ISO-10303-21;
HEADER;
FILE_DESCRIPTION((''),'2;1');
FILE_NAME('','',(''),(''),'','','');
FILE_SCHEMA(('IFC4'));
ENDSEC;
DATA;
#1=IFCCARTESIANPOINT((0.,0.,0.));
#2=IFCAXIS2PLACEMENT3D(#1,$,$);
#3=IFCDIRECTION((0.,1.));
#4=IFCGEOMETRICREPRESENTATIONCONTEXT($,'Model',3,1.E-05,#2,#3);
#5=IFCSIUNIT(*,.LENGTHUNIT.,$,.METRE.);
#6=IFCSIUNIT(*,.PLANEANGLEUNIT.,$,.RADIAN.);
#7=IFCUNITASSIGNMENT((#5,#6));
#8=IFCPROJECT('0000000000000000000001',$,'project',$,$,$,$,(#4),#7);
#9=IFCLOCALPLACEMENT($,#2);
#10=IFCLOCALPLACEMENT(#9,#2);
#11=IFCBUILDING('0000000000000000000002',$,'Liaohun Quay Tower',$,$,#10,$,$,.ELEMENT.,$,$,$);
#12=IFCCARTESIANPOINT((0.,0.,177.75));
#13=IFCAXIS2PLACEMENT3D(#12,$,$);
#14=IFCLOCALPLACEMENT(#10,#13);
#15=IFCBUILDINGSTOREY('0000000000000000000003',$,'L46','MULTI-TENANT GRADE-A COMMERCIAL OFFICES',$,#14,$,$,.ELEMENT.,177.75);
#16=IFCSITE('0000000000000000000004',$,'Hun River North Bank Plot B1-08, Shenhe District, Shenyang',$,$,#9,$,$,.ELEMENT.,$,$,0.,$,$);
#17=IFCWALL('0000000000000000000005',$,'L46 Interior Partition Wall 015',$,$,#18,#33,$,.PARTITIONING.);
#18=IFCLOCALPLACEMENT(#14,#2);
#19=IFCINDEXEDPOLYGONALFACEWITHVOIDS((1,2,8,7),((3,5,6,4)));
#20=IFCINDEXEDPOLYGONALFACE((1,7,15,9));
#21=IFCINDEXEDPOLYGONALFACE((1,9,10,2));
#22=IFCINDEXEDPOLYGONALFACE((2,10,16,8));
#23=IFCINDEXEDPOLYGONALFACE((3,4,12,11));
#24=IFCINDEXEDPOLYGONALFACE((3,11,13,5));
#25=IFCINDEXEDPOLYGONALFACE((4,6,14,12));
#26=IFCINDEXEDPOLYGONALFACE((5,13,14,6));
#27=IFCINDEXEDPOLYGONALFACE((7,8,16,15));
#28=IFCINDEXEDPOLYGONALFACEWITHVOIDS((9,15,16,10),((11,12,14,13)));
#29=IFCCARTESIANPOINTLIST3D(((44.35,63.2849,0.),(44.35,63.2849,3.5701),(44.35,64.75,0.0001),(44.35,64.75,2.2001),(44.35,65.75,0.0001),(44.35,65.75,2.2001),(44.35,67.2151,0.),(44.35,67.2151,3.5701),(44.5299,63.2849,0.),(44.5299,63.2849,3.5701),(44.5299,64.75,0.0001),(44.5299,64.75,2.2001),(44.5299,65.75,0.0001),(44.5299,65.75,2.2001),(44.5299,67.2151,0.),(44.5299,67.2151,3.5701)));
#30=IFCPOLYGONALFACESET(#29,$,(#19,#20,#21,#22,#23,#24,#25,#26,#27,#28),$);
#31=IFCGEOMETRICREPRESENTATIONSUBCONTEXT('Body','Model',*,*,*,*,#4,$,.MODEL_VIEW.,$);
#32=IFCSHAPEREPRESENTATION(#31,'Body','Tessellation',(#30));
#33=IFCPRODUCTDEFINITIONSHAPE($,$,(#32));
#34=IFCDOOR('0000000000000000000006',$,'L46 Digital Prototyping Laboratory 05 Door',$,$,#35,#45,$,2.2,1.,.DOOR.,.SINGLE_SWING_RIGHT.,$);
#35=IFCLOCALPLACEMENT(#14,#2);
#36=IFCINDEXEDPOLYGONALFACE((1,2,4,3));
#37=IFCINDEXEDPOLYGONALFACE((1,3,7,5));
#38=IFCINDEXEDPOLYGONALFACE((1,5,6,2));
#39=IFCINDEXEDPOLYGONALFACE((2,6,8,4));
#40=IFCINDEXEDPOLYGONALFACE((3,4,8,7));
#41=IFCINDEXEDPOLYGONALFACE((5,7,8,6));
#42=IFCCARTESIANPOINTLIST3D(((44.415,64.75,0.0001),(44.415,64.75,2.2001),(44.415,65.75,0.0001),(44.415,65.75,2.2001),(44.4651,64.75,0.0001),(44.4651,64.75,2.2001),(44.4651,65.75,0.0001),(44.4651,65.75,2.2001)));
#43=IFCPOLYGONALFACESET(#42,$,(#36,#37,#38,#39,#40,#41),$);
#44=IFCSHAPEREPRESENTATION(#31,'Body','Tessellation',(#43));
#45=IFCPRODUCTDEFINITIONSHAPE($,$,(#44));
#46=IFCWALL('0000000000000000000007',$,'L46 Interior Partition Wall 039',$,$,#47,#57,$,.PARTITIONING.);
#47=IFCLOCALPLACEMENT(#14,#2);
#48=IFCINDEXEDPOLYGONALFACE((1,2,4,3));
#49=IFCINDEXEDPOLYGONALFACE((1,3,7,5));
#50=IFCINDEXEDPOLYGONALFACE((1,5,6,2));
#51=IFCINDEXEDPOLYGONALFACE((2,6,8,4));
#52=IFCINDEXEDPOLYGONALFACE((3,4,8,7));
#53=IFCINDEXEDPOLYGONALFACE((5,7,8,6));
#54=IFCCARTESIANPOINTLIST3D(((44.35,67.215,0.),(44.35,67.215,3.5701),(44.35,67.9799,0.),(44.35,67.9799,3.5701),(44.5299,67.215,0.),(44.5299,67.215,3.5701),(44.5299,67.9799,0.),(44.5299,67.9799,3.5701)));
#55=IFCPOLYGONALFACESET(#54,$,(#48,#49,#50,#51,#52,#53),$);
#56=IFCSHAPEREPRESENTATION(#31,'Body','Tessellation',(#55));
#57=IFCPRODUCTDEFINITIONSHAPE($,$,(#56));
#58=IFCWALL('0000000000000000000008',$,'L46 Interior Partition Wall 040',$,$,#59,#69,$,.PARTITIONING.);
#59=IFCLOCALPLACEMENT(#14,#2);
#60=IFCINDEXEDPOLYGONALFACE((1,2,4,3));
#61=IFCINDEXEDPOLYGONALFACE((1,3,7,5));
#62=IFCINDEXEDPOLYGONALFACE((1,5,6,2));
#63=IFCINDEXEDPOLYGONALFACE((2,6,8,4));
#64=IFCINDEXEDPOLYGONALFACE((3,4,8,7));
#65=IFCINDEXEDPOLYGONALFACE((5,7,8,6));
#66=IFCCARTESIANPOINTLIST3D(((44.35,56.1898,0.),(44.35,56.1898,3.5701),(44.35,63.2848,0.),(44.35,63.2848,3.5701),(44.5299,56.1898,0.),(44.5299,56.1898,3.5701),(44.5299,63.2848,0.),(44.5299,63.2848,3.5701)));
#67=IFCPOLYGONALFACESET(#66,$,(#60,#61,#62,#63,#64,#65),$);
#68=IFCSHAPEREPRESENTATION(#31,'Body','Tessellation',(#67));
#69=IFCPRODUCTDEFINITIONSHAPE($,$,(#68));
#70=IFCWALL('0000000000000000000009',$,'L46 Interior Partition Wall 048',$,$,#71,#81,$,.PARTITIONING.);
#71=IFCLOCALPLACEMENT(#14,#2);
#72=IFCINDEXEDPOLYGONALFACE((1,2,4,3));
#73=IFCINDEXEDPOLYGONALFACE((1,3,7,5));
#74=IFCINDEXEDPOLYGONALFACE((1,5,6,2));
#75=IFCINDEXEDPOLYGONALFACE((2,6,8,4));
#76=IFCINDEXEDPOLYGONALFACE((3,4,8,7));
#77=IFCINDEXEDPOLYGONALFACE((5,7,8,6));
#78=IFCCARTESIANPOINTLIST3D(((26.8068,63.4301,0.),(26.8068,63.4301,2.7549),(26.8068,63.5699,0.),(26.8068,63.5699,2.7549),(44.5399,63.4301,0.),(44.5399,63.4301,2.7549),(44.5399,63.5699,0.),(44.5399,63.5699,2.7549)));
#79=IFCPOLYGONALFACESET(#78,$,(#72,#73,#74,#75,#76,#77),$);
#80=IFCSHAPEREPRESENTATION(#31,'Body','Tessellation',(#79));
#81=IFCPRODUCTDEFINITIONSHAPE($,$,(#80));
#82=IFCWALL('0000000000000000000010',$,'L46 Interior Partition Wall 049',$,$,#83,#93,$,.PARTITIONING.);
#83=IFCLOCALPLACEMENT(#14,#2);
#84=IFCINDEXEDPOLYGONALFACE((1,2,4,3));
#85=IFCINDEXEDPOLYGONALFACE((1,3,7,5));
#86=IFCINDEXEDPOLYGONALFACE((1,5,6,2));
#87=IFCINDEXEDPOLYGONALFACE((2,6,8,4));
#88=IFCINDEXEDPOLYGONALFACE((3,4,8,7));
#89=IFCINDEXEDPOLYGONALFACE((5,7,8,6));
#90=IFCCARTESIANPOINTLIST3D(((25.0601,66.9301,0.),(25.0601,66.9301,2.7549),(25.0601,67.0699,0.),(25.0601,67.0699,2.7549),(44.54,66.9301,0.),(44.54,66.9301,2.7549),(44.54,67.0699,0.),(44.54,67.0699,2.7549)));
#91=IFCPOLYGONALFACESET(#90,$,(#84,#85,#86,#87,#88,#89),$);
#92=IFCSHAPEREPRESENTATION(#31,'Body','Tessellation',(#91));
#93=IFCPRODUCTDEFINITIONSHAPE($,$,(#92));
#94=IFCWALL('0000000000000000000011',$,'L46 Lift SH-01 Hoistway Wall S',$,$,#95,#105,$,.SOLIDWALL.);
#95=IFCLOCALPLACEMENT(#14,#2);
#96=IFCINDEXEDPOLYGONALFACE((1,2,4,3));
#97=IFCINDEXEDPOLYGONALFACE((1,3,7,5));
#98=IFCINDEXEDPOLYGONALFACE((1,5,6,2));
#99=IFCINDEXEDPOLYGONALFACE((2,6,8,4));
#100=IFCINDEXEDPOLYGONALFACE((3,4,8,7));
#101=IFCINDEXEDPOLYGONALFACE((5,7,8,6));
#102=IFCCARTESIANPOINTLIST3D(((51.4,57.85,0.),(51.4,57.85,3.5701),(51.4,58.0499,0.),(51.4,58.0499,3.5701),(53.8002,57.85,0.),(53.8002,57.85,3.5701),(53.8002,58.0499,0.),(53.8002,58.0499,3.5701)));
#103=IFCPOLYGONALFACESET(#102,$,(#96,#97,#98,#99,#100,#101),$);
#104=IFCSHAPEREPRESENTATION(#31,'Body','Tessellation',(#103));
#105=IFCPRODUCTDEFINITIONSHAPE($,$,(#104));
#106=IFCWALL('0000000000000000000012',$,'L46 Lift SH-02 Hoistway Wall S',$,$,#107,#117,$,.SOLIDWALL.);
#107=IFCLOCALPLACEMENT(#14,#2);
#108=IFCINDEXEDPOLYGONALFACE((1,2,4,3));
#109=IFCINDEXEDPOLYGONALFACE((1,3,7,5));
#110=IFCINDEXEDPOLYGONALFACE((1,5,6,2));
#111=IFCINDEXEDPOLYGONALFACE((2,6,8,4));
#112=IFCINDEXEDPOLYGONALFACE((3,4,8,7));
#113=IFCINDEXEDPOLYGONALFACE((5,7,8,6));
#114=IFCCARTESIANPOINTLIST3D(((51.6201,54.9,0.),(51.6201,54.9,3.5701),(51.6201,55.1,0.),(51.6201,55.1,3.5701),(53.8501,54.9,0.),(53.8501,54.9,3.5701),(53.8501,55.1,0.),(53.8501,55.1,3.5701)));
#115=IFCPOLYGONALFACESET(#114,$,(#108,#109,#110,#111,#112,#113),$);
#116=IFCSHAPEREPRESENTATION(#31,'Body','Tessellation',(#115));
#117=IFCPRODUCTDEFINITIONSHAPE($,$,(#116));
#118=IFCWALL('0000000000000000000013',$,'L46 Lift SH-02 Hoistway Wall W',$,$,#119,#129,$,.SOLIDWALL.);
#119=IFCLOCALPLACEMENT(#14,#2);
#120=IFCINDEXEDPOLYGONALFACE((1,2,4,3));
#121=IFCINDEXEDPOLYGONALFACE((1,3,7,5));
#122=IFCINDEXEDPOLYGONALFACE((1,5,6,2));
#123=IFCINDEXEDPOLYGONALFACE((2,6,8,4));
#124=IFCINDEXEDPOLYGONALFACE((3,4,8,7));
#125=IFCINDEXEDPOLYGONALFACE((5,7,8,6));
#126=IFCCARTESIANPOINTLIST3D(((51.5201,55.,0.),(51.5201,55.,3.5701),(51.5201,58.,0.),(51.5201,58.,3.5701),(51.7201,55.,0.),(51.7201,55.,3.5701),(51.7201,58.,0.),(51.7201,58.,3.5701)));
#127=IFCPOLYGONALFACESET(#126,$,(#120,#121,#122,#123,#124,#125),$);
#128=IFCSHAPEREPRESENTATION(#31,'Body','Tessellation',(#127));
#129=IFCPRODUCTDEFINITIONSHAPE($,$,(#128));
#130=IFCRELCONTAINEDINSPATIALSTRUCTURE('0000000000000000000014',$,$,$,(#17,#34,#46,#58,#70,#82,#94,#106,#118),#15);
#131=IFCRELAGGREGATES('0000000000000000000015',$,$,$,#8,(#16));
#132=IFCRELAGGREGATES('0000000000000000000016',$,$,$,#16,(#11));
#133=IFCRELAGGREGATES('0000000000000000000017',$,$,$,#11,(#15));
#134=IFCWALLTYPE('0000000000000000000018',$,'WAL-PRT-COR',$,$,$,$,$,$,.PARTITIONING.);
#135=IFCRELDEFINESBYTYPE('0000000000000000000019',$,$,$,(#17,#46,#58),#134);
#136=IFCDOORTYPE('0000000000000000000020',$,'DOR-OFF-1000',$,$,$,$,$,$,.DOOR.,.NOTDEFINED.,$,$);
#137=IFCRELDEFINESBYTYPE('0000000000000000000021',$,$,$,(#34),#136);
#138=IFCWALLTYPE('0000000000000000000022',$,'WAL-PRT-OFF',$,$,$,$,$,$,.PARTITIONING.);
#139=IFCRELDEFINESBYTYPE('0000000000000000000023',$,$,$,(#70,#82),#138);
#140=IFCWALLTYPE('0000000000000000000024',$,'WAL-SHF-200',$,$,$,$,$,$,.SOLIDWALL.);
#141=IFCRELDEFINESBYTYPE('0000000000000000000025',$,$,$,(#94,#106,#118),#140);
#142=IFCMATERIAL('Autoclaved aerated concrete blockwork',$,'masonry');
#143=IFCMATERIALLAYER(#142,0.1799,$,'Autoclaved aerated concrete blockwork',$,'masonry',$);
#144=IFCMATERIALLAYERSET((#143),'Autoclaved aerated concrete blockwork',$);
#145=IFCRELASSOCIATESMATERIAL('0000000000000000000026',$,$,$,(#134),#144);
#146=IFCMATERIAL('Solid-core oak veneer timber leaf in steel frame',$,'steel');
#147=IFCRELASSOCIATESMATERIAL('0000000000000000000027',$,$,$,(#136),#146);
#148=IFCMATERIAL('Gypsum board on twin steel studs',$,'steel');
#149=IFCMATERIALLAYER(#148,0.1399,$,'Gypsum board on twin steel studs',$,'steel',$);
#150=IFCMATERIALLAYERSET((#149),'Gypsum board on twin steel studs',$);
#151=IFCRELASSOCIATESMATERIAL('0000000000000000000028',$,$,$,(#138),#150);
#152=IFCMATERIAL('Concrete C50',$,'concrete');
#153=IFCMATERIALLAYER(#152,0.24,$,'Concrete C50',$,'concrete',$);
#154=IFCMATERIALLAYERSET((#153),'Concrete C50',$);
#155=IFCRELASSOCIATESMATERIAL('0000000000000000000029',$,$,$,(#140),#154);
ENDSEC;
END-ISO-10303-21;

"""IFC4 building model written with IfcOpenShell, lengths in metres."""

from ifc_helpers import new_model, si_unit, direction, frame, frame_2d, origin, place, context, subcontext, project, spatial, rectangle, extrude, source, transform, mapped, material, layer, layer_set, type_object, element, fill, save


model = new_model("IFC4")

# Units and contexts
model_context = context("Model", 3, precision=1e-05, world=origin(), true_north=direction((0.0, 1.0)))
body_context = subcontext(model_context, "Body", "Model", "MODEL_VIEW")
ifc_project = project(units=[si_unit("LENGTHUNIT", "METRE"), si_unit("PLANEANGLEUNIT", "RADIAN")], contexts=[model_context])

# Site, building, storey
site_placement = place(None, origin())
site = spatial("IfcSite", under=ifc_project, at=site_placement, Name="Hun River North Bank Plot B1-08, Shenhe District, Shenyang", CompositionType="ELEMENT", RefElevation=0.0)
building_placement = place(site_placement, origin())
building = spatial("IfcBuilding", under=site, at=building_placement, Name="Liaohun Quay Tower", CompositionType="ELEMENT")
storey_placement = place(building_placement, frame((0.0, 0.0, 177.75)))
storey = spatial("IfcBuildingStorey", under=building, at=storey_placement, Name="L46", Description="MULTI-TENANT GRADE-A COMMERCIAL OFFICES", CompositionType="ELEMENT", Elevation=177.75)

# Wall, opening, door
ifc_material_1 = material(Name="Autoclaved aerated concrete blockwork", Category="masonry")
ifc_layer_1 = layer(ifc_material_1, 0.1799, Name="Autoclaved aerated concrete blockwork", Category="masonry")
ifc_layer_set_1 = layer_set([ifc_layer_1], Name="Autoclaved aerated concrete blockwork")
wall_type_1 = type_object("IfcWallType", Name="WAL-PRT-COR", PredefinedType="PARTITIONING", material=ifc_layer_set_1)
wall_1_placement = place(storey_placement, frame((44.4399, 63.2849, 0.0), z_axis=(0.0, 0.0, 1.0), x_axis=(0.0, 1.0, 0.0)))
wall_1 = element("IfcWall", 1, at=wall_1_placement, inside=storey, type_object=wall_type_1, Name="L46 Interior Partition Wall 015", PredefinedType="PARTITIONING", context=body_context, shape_type="SweptSolid", body=[
    extrude(rectangle(XDim=3.9302, YDim=0.1799, at=frame_2d((1.9651, 0.0))), origin(), (0.0, 0.0, 1.0), 3.5701),
])
shared_shape_1 = source(origin(), body_context, "Body", "SweptSolid", [
    extrude(rectangle(XDim=1.0, YDim=2.2, at=frame_2d((0.5, 1.1001))), frame((0.0, 0.0999, 0.0), z_axis=(0.0, -1.0, 0.0), x_axis=(1.0, 0.0, 0.0)), (0.0, 0.0, 1.0), 0.2),
])
opening_1_placement = place(wall_1_placement, frame((1.4651, 0.0, 0.0)))
opening_1 = element("IfcOpeningElement", 2, at=opening_1_placement, cuts=wall_1, PredefinedType="OPENING", context=body_context, shape_type="MappedRepresentation", body=[
    mapped(shared_shape_1, transform((0.0, 0.0, 0.0), x_axis=(1.0, 0.0, 0.0), y_axis=(0.0, 1.0, 0.0), z_axis=(0.0, 0.0, 1.0), scale=1.0)),
])
ifc_material_2 = material(Name="Solid-core oak veneer timber leaf in steel frame", Category="steel")
door_type_1 = type_object("IfcDoorType", Name="DOR-OFF-1000", OperationType="NOTDEFINED", PredefinedType="DOOR", material=ifc_material_2)
shared_shape_2 = source(origin(), body_context, "Body", "SweptSolid", [
    extrude(rectangle(XDim=1.0, YDim=2.2, at=frame_2d((0.5, 1.1001))), frame((0.0, 0.0249, 0.0), z_axis=(0.0, -1.0, 0.0), x_axis=(1.0, 0.0, 0.0)), (0.0, 0.0, 1.0), 0.05),
])
door_1_placement = place(opening_1_placement, origin())
door_1 = element("IfcDoor", 3, at=door_1_placement, inside=storey, type_object=door_type_1, Name="L46 Digital Prototyping Laboratory 05 Door", OperationType="SINGLE_SWING_RIGHT", OverallHeight=2.2, OverallWidth=1.0, PredefinedType="DOOR", context=body_context, shape_type="MappedRepresentation", body=[
    mapped(shared_shape_2, transform((0.0, 0.0, 0.0), x_axis=(1.0, 0.0, 0.0), y_axis=(0.0, 1.0, 0.0), z_axis=(0.0, 0.0, 1.0), scale=1.0)),
])
fill(opening_1, door_1)

# Walls
wall_2_placement = place(storey_placement, frame((44.4399, 67.2151, 0.0), z_axis=(0.0, 0.0, 1.0), x_axis=(0.0, 1.0, 0.0)))
element("IfcWall", 4, at=wall_2_placement, inside=storey, type_object=wall_type_1, Name="L46 Interior Partition Wall 039", PredefinedType="PARTITIONING", context=body_context, shape_type="SweptSolid", body=[
    extrude(rectangle(XDim=0.7649, YDim=0.1799, at=frame_2d((0.3823, 0.0))), origin(), (0.0, 0.0, 1.0), 3.5701),
])
wall_3_placement = place(storey_placement, frame((44.4399, 56.1899, 0.0), z_axis=(0.0, 0.0, 1.0), x_axis=(0.0, 1.0, 0.0)))
element("IfcWall", 5, at=wall_3_placement, inside=storey, type_object=wall_type_1, Name="L46 Interior Partition Wall 040", PredefinedType="PARTITIONING", context=body_context, shape_type="SweptSolid", body=[
    extrude(rectangle(XDim=7.095, YDim=0.1799, at=frame_2d((3.5474, 0.0))), origin(), (0.0, 0.0, 1.0), 3.5701),
])
ifc_material_3 = material(Name="Gypsum board on twin steel studs", Category="steel")
ifc_layer_2 = layer(ifc_material_3, 0.1399, Name="Gypsum board on twin steel studs", Category="steel")
ifc_layer_set_2 = layer_set([ifc_layer_2], Name="Gypsum board on twin steel studs")
wall_type_2 = type_object("IfcWallType", Name="WAL-PRT-OFF", PredefinedType="PARTITIONING", material=ifc_layer_set_2)
wall_4_placement = place(storey_placement, frame((44.54, 63.5, 0.0), z_axis=(0.0, 0.0, 1.0), x_axis=(-1.0, 0.0, 0.0)))
element("IfcWall", 6, at=wall_4_placement, inside=storey, type_object=wall_type_2, Name="L46 Interior Partition Wall 048", PredefinedType="PARTITIONING", context=body_context, shape_type="SweptSolid", body=[
    extrude(rectangle(XDim=17.7332, YDim=0.1399, at=frame_2d((8.8667, 0.0))), origin(), (0.0, 0.0, 1.0), 2.7549),
])
wall_5_placement = place(storey_placement, frame((44.54, 67.0, 0.0), z_axis=(0.0, 0.0, 1.0), x_axis=(-1.0, 0.0, 0.0)))
element("IfcWall", 7, at=wall_5_placement, inside=storey, type_object=wall_type_2, Name="L46 Interior Partition Wall 049", PredefinedType="PARTITIONING", context=body_context, shape_type="SweptSolid", body=[
    extrude(rectangle(XDim=19.48, YDim=0.1399, at=frame_2d((9.74, 0.0))), origin(), (0.0, 0.0, 1.0), 2.7549),
])
ifc_material_4 = material(Name="Concrete C50", Category="concrete")
ifc_layer_3 = layer(ifc_material_4, 0.24, Name="Concrete C50", Category="concrete")
ifc_layer_set_3 = layer_set([ifc_layer_3], Name="Concrete C50")
wall_type_3 = type_object("IfcWallType", Name="WAL-SHF-200", PredefinedType="SOLIDWALL", material=ifc_layer_set_3)
wall_6_placement = place(storey_placement, frame((51.3999, 57.95, 0.0), z_axis=(0.0, 0.0, 1.0), x_axis=(1.0, 0.0, 0.0)))
element("IfcWall", 8, at=wall_6_placement, inside=storey, type_object=wall_type_3, Name="L46 Lift SH-01 Hoistway Wall S", PredefinedType="SOLIDWALL", context=body_context, shape_type="SweptSolid", body=[
    extrude(rectangle(XDim=2.4001, YDim=0.2, at=frame_2d((1.2002, 0.0))), origin(), (0.0, 0.0, 1.0), 3.5701),
])
wall_7_placement = place(storey_placement, frame((51.6201, 55.0, 0.0), z_axis=(0.0, 0.0, 1.0), x_axis=(1.0, 0.0, 0.0)))
element("IfcWall", 9, at=wall_7_placement, inside=storey, type_object=wall_type_3, Name="L46 Lift SH-02 Hoistway Wall S", PredefinedType="SOLIDWALL", context=body_context, shape_type="SweptSolid", body=[
    extrude(rectangle(XDim=2.23, YDim=0.2, at=frame_2d((1.115, 0.0))), origin(), (0.0, 0.0, 1.0), 3.5701),
])
wall_8_placement = place(storey_placement, frame((51.6201, 58.0, 0.0), z_axis=(0.0, 0.0, 1.0), x_axis=(0.0, -1.0, 0.0)))
element("IfcWall", 10, at=wall_8_placement, inside=storey, type_object=wall_type_3, Name="L46 Lift SH-02 Hoistway Wall W", PredefinedType="SOLIDWALL", context=body_context, shape_type="SweptSolid", body=[
    extrude(rectangle(XDim=3.0, YDim=0.2, at=frame_2d((1.5, 0.0))), origin(), (0.0, 0.0, 1.0), 3.5701),
])

save(model, "model.ifc")
